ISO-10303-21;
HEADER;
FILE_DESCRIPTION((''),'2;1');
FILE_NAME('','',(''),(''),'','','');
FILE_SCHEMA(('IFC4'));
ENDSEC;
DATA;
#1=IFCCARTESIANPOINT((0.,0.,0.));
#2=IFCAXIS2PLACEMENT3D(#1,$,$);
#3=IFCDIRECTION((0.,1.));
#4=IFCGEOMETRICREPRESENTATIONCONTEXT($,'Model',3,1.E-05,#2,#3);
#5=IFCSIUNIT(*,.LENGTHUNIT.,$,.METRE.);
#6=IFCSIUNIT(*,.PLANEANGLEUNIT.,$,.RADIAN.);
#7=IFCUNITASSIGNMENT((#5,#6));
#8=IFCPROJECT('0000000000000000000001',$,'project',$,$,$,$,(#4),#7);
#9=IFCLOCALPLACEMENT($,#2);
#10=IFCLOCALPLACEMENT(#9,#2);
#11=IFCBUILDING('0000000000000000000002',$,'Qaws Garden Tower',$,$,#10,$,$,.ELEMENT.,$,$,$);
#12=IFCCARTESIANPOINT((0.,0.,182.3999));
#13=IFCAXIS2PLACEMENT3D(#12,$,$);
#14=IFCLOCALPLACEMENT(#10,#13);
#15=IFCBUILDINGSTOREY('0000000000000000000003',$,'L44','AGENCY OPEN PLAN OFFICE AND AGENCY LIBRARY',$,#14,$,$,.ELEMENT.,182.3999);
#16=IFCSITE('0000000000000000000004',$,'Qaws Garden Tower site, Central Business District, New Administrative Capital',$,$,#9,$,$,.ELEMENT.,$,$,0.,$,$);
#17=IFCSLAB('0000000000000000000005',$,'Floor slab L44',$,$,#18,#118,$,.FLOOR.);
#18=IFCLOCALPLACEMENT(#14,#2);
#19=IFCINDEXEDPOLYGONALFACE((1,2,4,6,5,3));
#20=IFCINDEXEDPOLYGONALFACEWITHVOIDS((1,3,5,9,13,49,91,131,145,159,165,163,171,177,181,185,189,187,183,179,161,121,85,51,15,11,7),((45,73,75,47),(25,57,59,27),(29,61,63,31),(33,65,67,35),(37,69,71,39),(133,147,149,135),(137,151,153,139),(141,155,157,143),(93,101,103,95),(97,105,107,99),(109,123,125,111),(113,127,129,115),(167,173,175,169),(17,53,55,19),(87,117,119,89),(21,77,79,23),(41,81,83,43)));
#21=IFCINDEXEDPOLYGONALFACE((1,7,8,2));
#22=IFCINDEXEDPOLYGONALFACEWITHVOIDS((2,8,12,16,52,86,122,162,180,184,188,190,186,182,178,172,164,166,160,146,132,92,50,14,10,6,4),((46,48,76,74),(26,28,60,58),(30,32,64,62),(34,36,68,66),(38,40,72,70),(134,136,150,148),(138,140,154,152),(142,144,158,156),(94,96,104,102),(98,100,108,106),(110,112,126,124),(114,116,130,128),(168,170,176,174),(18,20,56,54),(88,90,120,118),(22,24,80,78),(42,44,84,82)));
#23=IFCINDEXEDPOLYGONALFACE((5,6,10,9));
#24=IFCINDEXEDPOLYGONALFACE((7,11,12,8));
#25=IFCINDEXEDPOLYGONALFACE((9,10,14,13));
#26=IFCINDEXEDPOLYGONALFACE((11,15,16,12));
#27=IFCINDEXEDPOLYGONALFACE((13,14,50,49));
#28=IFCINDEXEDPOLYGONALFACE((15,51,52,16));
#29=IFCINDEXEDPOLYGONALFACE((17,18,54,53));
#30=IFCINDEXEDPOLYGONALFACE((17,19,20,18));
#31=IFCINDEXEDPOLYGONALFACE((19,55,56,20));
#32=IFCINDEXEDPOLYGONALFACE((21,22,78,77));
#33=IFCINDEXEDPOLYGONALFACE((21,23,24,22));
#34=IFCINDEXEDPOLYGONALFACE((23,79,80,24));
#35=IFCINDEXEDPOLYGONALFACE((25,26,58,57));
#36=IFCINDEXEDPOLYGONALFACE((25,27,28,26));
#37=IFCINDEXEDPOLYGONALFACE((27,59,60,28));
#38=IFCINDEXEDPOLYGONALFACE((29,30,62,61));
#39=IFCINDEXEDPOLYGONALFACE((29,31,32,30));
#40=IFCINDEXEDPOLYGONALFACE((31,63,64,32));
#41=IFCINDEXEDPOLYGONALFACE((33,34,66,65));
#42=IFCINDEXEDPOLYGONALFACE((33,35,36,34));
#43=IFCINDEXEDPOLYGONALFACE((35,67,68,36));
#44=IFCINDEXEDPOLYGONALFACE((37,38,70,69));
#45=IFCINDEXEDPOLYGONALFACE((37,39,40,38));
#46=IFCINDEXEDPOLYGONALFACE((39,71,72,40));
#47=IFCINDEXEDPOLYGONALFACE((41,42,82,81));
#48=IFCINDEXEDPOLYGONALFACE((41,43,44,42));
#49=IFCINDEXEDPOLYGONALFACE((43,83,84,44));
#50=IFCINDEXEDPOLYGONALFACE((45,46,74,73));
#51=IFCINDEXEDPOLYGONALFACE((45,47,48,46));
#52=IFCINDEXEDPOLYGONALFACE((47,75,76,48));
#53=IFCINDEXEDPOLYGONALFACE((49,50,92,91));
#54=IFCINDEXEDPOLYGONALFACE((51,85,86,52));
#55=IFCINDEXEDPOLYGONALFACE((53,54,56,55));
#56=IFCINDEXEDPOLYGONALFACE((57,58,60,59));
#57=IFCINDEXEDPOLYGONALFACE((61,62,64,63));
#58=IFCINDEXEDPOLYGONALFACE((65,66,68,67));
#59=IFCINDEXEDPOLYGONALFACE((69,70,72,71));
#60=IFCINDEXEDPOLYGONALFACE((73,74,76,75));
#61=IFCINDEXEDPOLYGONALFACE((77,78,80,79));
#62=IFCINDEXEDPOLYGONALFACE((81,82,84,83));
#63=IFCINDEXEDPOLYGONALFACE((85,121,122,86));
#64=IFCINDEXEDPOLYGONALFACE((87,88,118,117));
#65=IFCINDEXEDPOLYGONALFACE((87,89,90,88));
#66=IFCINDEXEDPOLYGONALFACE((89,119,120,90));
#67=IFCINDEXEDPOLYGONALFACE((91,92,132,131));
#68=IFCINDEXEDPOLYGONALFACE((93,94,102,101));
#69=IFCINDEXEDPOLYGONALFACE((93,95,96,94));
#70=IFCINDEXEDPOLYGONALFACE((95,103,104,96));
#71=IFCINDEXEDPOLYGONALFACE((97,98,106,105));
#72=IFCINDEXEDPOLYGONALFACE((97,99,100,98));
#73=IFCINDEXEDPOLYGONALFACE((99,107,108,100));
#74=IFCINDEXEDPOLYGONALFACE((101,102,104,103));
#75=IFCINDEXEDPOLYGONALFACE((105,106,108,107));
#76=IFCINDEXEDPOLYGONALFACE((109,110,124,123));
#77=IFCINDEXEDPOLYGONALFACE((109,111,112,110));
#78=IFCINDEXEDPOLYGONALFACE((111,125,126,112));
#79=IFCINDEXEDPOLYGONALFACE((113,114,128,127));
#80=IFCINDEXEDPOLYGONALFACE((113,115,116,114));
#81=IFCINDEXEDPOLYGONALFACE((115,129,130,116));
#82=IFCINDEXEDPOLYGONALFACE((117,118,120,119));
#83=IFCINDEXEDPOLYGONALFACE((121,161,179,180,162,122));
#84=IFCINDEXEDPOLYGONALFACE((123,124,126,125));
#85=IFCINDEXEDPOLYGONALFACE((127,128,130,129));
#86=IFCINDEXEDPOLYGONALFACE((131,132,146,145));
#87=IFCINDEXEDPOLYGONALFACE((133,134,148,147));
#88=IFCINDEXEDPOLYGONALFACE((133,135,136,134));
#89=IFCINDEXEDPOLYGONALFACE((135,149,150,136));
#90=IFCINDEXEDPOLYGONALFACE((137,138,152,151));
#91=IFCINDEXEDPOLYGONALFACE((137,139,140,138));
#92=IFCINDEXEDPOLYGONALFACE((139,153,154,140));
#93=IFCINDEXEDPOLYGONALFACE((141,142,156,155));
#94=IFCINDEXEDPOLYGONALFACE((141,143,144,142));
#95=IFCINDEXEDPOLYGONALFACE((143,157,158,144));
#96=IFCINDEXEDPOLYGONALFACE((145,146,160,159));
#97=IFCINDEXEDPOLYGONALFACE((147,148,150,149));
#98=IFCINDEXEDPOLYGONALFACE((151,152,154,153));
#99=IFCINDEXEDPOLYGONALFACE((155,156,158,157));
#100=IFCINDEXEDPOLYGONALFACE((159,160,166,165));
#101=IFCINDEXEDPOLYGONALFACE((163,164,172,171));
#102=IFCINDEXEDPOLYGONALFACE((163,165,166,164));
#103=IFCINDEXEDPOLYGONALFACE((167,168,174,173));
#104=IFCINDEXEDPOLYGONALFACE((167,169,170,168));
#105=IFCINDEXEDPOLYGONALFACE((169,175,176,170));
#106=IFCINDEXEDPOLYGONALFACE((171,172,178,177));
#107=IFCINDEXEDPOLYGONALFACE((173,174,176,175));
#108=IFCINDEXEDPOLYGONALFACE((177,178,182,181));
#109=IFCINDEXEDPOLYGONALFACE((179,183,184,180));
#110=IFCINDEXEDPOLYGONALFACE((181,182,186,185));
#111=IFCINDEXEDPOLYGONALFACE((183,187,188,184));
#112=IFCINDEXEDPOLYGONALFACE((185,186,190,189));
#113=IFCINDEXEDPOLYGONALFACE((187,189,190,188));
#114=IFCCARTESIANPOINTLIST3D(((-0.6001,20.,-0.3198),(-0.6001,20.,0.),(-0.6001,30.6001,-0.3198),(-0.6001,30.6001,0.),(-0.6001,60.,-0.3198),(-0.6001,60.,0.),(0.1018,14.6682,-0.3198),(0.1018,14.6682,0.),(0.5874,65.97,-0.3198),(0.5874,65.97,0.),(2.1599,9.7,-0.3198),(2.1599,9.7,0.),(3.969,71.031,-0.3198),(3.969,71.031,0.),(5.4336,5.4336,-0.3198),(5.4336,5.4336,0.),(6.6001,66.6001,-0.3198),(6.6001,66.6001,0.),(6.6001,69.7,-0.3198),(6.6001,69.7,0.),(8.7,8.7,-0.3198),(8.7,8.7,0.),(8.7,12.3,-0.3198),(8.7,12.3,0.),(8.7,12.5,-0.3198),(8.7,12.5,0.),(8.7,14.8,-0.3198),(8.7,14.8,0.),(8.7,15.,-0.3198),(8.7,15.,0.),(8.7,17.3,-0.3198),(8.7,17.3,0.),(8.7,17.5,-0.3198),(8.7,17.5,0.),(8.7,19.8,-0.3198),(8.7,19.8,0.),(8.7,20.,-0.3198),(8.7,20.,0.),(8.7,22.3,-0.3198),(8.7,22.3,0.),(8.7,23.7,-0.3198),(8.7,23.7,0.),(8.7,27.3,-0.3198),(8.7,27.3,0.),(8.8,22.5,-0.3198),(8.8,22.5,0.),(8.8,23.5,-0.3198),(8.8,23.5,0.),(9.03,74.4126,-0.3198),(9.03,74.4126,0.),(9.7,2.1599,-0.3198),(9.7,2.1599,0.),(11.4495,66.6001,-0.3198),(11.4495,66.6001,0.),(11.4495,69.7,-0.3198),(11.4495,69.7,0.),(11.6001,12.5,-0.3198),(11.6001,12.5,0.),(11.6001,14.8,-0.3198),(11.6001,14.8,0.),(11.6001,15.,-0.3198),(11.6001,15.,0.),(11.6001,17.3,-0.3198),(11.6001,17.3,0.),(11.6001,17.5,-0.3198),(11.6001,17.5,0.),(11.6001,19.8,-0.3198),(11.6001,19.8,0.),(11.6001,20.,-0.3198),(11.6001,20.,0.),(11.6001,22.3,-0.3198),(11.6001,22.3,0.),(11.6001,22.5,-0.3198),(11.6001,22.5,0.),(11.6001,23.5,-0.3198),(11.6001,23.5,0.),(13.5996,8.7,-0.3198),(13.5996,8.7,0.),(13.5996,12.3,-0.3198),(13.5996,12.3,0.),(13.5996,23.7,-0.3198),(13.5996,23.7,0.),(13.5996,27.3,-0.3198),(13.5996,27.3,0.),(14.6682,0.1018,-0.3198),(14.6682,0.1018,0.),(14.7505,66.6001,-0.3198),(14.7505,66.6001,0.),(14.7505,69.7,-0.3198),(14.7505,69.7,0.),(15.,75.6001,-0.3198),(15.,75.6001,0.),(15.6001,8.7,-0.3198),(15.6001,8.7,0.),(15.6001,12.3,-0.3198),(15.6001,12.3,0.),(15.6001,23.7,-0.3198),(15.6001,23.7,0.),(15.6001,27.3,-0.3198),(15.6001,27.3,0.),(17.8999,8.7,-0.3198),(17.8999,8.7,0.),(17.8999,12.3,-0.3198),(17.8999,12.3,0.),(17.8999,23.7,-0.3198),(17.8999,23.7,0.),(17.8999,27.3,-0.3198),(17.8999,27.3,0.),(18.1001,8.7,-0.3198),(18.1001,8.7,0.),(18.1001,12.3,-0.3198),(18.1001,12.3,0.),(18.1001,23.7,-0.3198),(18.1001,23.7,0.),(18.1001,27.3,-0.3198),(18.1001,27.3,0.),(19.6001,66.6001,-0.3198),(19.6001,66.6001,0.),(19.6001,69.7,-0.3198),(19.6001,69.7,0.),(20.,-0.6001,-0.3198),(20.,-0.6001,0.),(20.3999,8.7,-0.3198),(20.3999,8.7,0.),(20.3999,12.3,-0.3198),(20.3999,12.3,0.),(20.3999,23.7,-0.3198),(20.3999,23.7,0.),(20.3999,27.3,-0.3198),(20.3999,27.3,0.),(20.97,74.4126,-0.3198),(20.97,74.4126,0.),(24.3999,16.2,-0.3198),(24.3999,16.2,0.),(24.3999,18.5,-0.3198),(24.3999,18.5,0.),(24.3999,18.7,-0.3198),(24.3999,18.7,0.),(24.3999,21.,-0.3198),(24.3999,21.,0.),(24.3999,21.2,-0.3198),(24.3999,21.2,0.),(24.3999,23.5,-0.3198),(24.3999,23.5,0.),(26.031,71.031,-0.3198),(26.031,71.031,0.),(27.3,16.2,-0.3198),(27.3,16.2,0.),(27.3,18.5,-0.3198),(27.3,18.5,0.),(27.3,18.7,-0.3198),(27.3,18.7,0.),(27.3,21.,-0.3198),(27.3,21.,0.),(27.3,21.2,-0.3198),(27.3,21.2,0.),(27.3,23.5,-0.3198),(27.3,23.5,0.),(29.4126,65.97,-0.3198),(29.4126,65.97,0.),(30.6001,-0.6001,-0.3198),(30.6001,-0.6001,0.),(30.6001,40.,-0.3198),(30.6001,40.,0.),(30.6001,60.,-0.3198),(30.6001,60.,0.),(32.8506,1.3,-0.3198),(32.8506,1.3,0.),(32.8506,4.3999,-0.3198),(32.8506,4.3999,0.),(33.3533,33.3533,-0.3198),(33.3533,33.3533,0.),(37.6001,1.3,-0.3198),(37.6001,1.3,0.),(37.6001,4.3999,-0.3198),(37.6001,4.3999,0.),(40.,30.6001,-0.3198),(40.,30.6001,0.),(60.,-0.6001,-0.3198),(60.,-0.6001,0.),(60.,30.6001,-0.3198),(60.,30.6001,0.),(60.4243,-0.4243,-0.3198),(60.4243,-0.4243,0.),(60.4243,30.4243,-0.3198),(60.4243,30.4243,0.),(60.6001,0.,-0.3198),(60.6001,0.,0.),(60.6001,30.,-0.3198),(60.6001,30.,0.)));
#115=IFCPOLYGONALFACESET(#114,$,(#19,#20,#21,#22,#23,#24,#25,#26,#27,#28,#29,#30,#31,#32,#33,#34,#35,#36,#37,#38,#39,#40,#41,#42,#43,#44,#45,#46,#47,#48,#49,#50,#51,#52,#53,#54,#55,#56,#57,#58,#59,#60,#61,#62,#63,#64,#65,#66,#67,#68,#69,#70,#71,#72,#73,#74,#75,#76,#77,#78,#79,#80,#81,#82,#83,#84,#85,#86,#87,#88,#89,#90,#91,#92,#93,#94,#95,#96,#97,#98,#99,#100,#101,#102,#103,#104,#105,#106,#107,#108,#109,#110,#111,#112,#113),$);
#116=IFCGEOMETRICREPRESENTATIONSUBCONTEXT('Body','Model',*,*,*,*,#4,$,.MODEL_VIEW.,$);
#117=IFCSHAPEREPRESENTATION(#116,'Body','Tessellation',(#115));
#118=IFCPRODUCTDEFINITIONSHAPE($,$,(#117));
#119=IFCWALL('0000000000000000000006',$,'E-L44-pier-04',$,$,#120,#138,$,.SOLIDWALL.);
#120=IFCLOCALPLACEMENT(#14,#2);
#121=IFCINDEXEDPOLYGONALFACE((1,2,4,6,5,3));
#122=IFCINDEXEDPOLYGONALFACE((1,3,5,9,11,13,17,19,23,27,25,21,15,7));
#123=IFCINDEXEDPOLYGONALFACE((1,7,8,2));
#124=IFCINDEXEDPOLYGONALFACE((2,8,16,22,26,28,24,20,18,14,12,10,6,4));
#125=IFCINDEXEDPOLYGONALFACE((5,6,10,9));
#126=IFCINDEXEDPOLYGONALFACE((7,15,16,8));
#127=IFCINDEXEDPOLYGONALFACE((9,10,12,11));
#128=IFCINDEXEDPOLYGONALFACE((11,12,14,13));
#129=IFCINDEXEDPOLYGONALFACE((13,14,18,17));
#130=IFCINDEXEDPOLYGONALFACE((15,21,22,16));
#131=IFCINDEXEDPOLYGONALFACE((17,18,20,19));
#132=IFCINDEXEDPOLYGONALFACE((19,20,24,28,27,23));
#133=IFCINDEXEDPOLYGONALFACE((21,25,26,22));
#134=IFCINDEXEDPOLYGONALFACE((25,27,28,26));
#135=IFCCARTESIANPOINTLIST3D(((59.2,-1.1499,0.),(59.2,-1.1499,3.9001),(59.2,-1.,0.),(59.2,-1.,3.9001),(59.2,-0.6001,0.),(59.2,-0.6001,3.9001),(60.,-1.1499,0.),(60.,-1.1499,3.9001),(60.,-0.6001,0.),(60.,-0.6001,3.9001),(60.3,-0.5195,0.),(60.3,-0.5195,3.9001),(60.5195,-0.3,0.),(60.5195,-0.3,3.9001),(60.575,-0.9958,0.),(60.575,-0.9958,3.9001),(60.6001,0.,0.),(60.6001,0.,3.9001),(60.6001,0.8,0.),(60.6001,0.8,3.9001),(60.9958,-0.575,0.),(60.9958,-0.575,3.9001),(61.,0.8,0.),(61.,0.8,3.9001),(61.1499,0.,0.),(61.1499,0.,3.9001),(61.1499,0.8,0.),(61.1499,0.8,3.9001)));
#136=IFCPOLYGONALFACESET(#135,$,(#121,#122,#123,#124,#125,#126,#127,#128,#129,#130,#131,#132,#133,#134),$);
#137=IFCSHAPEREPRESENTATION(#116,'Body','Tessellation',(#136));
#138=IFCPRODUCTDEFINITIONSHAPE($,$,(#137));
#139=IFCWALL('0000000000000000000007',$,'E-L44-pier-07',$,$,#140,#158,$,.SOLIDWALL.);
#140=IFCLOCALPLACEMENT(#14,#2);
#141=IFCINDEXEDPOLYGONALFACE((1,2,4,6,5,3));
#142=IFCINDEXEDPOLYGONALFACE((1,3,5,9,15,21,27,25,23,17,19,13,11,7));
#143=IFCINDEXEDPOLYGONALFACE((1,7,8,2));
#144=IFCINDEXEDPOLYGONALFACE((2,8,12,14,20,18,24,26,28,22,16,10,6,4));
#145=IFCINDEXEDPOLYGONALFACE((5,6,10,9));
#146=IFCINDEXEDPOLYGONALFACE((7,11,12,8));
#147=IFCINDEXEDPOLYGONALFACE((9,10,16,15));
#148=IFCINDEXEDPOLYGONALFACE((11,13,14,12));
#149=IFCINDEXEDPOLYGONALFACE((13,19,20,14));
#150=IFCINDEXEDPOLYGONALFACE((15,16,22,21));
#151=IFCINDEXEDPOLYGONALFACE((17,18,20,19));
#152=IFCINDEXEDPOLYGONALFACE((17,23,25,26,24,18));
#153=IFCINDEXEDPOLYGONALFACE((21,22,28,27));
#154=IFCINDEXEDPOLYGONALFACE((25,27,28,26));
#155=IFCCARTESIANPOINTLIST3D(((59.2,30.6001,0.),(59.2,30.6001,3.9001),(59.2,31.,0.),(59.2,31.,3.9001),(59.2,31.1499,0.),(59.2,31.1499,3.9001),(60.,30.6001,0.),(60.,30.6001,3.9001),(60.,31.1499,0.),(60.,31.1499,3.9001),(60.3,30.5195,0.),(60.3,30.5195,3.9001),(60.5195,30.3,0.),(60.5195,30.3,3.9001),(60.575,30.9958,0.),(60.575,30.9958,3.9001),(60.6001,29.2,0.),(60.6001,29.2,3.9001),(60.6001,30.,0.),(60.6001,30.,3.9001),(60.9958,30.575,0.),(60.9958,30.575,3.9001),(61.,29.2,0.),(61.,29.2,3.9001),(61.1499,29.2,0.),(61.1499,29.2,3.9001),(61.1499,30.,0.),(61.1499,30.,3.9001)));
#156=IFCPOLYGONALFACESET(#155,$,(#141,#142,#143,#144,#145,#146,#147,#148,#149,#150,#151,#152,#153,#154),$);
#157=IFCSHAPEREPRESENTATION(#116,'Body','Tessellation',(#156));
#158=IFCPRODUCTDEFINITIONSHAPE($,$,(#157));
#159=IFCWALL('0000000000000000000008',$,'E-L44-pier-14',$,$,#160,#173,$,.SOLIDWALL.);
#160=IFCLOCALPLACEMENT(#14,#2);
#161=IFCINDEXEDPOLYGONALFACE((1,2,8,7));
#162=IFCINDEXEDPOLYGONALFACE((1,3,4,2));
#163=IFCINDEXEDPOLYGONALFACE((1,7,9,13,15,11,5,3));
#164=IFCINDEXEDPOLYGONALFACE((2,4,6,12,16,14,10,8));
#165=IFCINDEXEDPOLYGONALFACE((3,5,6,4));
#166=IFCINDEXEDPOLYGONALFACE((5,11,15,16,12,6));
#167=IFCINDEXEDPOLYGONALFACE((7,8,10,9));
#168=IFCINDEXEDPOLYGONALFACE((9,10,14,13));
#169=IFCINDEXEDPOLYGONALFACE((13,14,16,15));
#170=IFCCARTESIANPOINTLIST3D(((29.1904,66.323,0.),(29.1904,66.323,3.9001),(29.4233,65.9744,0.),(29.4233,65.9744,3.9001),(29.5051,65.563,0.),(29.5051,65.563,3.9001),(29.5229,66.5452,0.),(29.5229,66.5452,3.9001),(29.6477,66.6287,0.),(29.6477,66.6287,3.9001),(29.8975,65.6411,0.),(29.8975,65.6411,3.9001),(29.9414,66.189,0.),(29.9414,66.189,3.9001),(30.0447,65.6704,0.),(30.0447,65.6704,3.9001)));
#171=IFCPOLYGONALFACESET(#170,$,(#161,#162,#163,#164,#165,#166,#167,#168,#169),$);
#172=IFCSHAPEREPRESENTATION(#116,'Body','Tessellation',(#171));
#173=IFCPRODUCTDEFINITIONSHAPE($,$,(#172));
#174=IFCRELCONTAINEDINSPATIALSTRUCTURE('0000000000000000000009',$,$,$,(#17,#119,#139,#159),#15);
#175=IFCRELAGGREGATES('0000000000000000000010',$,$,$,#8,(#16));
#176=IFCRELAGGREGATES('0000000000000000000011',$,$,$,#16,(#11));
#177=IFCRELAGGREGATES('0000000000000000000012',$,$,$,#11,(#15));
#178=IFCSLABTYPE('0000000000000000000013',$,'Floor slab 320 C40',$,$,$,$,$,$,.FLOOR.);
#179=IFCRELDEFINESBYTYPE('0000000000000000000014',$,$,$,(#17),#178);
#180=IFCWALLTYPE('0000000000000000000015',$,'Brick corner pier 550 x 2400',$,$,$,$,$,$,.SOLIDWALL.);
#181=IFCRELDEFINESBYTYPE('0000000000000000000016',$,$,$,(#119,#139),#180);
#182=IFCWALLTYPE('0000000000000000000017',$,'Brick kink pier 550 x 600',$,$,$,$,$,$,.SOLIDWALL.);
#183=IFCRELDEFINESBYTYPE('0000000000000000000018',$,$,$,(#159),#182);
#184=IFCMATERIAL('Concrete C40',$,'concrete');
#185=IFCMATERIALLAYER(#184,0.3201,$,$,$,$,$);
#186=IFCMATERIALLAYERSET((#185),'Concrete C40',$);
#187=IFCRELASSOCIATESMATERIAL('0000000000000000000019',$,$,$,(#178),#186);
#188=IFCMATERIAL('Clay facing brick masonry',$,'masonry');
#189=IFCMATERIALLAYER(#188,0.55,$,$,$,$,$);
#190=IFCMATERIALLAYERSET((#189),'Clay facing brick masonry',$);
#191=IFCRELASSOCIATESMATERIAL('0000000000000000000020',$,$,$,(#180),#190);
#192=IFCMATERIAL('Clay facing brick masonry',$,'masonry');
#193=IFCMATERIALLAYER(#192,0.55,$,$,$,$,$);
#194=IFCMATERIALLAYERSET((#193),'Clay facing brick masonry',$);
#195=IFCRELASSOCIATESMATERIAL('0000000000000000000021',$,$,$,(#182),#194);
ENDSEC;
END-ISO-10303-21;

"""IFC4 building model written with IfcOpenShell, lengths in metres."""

from ifc_helpers import new_model, si_unit, direction, frame, origin, place, context, subcontext, project, spatial, polyline, outline, extrude, material, layer, layer_set, type_object, element, save


model = new_model("IFC4")

# Units and contexts
model_context = context("Model", 3, precision=1e-05, world=origin(), true_north=direction((0.0, 1.0)))
body_context = subcontext(model_context, "Body", "Model", "MODEL_VIEW")
ifc_project = project(units=[si_unit("LENGTHUNIT", "METRE"), si_unit("PLANEANGLEUNIT", "RADIAN")], contexts=[model_context])

# Site, building, storey
site_placement = place(None, origin())
site = spatial("IfcSite", under=ifc_project, at=site_placement, Name="Qaws Garden Tower site, Central Business District, New Administrative Capital", CompositionType="ELEMENT", RefElevation=0.0)
building_placement = place(site_placement, origin())
building = spatial("IfcBuilding", under=site, at=building_placement, Name="Qaws Garden Tower", CompositionType="ELEMENT")
storey_placement = place(building_placement, frame((0.0, 0.0, 182.3999)))
storey = spatial("IfcBuildingStorey", under=building, at=storey_placement, Name="L44", Description="AGENCY OPEN PLAN OFFICE AND AGENCY LIBRARY", CompositionType="ELEMENT", Elevation=182.3999)

# Slab
ifc_material_1 = material(Name="Concrete C40", Category="concrete")
ifc_layer_1 = layer(ifc_material_1, 0.3201)
ifc_layer_set_1 = layer_set([ifc_layer_1], Name="Concrete C40")
slab_type = type_object("IfcSlabType", Name="Floor slab 320 C40", PredefinedType="FLOOR", material=ifc_layer_set_1)
slab_placement = place(storey_placement, frame((0.0, 0.0, -0.3198)))
element("IfcSlab", 1, at=slab_placement, inside=storey, type_object=slab_type, Name="Floor slab L44", PredefinedType="FLOOR", context=body_context, shape_type="SweptSolid", body=[
    extrude(outline(polyline([(0.1018, 14.6682), (-0.6001, 20.0), (-0.6001, 30.6001), (-0.6001, 60.0), (-0.6001, 60.0), (0.5874, 65.97), (3.969, 71.031), (9.03, 74.4126), (15.0, 75.6001), (20.97, 74.4126), (26.031, 71.031), (29.4126, 65.97), (30.6001, 60.0), (30.6001, 40.0), (33.3533, 33.3533), (40.0, 30.6001), (60.0, 30.6001), (60.4243, 30.4243), (60.6001, 30.0), (60.6001, 0.0), (60.4243, -0.4243), (60.0, -0.6001), (30.6001, -0.6001), (20.0, -0.6001), (14.6682, 0.1018), (9.7, 2.1599), (5.4336, 5.4336), (2.1599, 9.7), (0.1018, 14.6682)]), holes=[polyline([(13.5996, 12.3), (8.7, 12.3), (8.7, 8.7), (13.5996, 8.7), (13.5996, 12.3)]), polyline([(17.8999, 12.3), (15.6001, 12.3), (15.6001, 8.7), (17.8999, 8.7), (17.8999, 12.3)]), polyline([(11.6001, 14.8), (8.7, 14.8), (8.7, 12.5), (11.6001, 12.5), (11.6001, 14.8)]), polyline([(11.6001, 17.3), (8.7, 17.3), (8.7, 15.0), (11.6001, 15.0), (11.6001, 17.3)]), polyline([(11.6001, 19.8), (8.7, 19.8), (8.7, 17.5), (11.6001, 17.5), (11.6001, 19.8)]), polyline([(11.6001, 22.3), (8.7, 22.3), (8.7, 20.0), (11.6001, 20.0), (11.6001, 22.3)]), polyline([(11.6001, 23.5), (8.8, 23.5), (8.8, 22.5), (11.6001, 22.5), (11.6001, 23.5)]), polyline([(13.5996, 27.3), (8.7, 27.3), (8.7, 23.7), (13.5996, 23.7), (13.5996, 27.3)]), polyline([(11.4495, 69.7), (6.6001, 69.7), (6.6001, 66.6001), (11.4495, 66.6001), (11.4495, 69.7)]), polyline([(37.6001, 4.3999), (32.8506, 4.3999), (32.8506, 1.3), (37.6001, 1.3), (37.6001, 4.3999)]), polyline([(20.3999, 12.3), (18.1001, 12.3), (18.1001, 8.7), (20.3999, 8.7), (20.3999, 12.3)]), polyline([(27.3, 18.5), (24.3999, 18.5), (24.3999, 16.2), (27.3, 16.2), (27.3, 18.5)]), polyline([(27.3, 21.0), (24.3999, 21.0), (24.3999, 18.7), (27.3, 18.7), (27.3, 21.0)]), polyline([(27.3, 23.5), (24.3999, 23.5), (24.3999, 21.2), (27.3, 21.2), (27.3, 23.5)]), polyline([(17.8999, 27.3), (15.6001, 27.3), (15.6001, 23.7), (17.8999, 23.7), (17.8999, 27.3)]), polyline([(20.3999, 23.7), (20.3999, 27.3), (18.1001, 27.3), (18.1001, 23.7), (20.3999, 23.7)]), polyline([(19.6001, 66.6001), (19.6001, 69.7), (14.7505, 69.7), (14.7505, 66.6001), (19.6001, 66.6001)])]), origin(), (0.0, 0.0, 1.0), 0.3198),
])

# Walls
ifc_material_2 = material(Name="Clay facing brick masonry", Category="masonry")
ifc_layer_2 = layer(ifc_material_2, 0.55)
ifc_layer_set_2 = layer_set([ifc_layer_2], Name="Clay facing brick masonry")
wall_type_1 = type_object("IfcWallType", Name="Brick corner pier 550 x 2400", PredefinedType="SOLIDWALL", material=ifc_layer_set_2)
placement = place(storey_placement, origin())
element("IfcWall", 2, at=placement, inside=storey, type_object=wall_type_1, Name="E-L44-pier-04", PredefinedType="SOLIDWALL", context=body_context, shape_type="SweptSolid", body=[
    extrude(outline(polyline([(59.2, -1.0), (59.2, -1.1499), (60.0, -1.1499), (60.575, -0.9958), (60.9958, -0.575), (61.1499, 0.0), (61.1499, 0.8), (61.0, 0.8), (60.6001, 0.8), (60.6001, 0.0), (60.5195, -0.3), (60.3, -0.5195), (60.0, -0.6001), (59.2, -0.6001), (59.2, -1.0)])), origin(), (0.0, 0.0, 1.0), 3.9001),
])
element("IfcWall", 3, at=placement, inside=storey, type_object=wall_type_1, Name="E-L44-pier-07", PredefinedType="SOLIDWALL", context=body_context, shape_type="SweptSolid", body=[
    extrude(outline(polyline([(61.0, 29.2), (61.1499, 29.2), (61.1499, 30.0), (60.9958, 30.575), (60.575, 30.9958), (60.0, 31.1499), (59.2, 31.1499), (59.2, 31.0), (59.2, 30.6001), (60.0, 30.6001), (60.3, 30.5195), (60.5195, 30.3), (60.6001, 30.0), (60.6001, 29.2), (61.0, 29.2)])), origin(), (0.0, 0.0, 1.0), 3.9001),
])
ifc_material_3 = material(Name="Clay facing brick masonry", Category="masonry")
ifc_layer_3 = layer(ifc_material_3, 0.55)
ifc_layer_set_3 = layer_set([ifc_layer_3], Name="Clay facing brick masonry")
wall_type_2 = type_object("IfcWallType", Name="Brick kink pier 550 x 600", PredefinedType="SOLIDWALL", material=ifc_layer_set_3)
element("IfcWall", 4, at=placement, inside=storey, type_object=wall_type_2, Name="E-L44-pier-14", PredefinedType="SOLIDWALL", context=body_context, shape_type="SweptSolid", body=[
    extrude(outline(polyline([(29.8975, 65.6411), (30.0447, 65.6704), (29.9414, 66.189), (29.6477, 66.6287), (29.5229, 66.5452), (29.1904, 66.323), (29.4233, 65.9744), (29.5051, 65.563), (29.8975, 65.6411)])), origin(), (0.0, 0.0, 1.0), 3.9001),
])

save(model, "model.ifc")
